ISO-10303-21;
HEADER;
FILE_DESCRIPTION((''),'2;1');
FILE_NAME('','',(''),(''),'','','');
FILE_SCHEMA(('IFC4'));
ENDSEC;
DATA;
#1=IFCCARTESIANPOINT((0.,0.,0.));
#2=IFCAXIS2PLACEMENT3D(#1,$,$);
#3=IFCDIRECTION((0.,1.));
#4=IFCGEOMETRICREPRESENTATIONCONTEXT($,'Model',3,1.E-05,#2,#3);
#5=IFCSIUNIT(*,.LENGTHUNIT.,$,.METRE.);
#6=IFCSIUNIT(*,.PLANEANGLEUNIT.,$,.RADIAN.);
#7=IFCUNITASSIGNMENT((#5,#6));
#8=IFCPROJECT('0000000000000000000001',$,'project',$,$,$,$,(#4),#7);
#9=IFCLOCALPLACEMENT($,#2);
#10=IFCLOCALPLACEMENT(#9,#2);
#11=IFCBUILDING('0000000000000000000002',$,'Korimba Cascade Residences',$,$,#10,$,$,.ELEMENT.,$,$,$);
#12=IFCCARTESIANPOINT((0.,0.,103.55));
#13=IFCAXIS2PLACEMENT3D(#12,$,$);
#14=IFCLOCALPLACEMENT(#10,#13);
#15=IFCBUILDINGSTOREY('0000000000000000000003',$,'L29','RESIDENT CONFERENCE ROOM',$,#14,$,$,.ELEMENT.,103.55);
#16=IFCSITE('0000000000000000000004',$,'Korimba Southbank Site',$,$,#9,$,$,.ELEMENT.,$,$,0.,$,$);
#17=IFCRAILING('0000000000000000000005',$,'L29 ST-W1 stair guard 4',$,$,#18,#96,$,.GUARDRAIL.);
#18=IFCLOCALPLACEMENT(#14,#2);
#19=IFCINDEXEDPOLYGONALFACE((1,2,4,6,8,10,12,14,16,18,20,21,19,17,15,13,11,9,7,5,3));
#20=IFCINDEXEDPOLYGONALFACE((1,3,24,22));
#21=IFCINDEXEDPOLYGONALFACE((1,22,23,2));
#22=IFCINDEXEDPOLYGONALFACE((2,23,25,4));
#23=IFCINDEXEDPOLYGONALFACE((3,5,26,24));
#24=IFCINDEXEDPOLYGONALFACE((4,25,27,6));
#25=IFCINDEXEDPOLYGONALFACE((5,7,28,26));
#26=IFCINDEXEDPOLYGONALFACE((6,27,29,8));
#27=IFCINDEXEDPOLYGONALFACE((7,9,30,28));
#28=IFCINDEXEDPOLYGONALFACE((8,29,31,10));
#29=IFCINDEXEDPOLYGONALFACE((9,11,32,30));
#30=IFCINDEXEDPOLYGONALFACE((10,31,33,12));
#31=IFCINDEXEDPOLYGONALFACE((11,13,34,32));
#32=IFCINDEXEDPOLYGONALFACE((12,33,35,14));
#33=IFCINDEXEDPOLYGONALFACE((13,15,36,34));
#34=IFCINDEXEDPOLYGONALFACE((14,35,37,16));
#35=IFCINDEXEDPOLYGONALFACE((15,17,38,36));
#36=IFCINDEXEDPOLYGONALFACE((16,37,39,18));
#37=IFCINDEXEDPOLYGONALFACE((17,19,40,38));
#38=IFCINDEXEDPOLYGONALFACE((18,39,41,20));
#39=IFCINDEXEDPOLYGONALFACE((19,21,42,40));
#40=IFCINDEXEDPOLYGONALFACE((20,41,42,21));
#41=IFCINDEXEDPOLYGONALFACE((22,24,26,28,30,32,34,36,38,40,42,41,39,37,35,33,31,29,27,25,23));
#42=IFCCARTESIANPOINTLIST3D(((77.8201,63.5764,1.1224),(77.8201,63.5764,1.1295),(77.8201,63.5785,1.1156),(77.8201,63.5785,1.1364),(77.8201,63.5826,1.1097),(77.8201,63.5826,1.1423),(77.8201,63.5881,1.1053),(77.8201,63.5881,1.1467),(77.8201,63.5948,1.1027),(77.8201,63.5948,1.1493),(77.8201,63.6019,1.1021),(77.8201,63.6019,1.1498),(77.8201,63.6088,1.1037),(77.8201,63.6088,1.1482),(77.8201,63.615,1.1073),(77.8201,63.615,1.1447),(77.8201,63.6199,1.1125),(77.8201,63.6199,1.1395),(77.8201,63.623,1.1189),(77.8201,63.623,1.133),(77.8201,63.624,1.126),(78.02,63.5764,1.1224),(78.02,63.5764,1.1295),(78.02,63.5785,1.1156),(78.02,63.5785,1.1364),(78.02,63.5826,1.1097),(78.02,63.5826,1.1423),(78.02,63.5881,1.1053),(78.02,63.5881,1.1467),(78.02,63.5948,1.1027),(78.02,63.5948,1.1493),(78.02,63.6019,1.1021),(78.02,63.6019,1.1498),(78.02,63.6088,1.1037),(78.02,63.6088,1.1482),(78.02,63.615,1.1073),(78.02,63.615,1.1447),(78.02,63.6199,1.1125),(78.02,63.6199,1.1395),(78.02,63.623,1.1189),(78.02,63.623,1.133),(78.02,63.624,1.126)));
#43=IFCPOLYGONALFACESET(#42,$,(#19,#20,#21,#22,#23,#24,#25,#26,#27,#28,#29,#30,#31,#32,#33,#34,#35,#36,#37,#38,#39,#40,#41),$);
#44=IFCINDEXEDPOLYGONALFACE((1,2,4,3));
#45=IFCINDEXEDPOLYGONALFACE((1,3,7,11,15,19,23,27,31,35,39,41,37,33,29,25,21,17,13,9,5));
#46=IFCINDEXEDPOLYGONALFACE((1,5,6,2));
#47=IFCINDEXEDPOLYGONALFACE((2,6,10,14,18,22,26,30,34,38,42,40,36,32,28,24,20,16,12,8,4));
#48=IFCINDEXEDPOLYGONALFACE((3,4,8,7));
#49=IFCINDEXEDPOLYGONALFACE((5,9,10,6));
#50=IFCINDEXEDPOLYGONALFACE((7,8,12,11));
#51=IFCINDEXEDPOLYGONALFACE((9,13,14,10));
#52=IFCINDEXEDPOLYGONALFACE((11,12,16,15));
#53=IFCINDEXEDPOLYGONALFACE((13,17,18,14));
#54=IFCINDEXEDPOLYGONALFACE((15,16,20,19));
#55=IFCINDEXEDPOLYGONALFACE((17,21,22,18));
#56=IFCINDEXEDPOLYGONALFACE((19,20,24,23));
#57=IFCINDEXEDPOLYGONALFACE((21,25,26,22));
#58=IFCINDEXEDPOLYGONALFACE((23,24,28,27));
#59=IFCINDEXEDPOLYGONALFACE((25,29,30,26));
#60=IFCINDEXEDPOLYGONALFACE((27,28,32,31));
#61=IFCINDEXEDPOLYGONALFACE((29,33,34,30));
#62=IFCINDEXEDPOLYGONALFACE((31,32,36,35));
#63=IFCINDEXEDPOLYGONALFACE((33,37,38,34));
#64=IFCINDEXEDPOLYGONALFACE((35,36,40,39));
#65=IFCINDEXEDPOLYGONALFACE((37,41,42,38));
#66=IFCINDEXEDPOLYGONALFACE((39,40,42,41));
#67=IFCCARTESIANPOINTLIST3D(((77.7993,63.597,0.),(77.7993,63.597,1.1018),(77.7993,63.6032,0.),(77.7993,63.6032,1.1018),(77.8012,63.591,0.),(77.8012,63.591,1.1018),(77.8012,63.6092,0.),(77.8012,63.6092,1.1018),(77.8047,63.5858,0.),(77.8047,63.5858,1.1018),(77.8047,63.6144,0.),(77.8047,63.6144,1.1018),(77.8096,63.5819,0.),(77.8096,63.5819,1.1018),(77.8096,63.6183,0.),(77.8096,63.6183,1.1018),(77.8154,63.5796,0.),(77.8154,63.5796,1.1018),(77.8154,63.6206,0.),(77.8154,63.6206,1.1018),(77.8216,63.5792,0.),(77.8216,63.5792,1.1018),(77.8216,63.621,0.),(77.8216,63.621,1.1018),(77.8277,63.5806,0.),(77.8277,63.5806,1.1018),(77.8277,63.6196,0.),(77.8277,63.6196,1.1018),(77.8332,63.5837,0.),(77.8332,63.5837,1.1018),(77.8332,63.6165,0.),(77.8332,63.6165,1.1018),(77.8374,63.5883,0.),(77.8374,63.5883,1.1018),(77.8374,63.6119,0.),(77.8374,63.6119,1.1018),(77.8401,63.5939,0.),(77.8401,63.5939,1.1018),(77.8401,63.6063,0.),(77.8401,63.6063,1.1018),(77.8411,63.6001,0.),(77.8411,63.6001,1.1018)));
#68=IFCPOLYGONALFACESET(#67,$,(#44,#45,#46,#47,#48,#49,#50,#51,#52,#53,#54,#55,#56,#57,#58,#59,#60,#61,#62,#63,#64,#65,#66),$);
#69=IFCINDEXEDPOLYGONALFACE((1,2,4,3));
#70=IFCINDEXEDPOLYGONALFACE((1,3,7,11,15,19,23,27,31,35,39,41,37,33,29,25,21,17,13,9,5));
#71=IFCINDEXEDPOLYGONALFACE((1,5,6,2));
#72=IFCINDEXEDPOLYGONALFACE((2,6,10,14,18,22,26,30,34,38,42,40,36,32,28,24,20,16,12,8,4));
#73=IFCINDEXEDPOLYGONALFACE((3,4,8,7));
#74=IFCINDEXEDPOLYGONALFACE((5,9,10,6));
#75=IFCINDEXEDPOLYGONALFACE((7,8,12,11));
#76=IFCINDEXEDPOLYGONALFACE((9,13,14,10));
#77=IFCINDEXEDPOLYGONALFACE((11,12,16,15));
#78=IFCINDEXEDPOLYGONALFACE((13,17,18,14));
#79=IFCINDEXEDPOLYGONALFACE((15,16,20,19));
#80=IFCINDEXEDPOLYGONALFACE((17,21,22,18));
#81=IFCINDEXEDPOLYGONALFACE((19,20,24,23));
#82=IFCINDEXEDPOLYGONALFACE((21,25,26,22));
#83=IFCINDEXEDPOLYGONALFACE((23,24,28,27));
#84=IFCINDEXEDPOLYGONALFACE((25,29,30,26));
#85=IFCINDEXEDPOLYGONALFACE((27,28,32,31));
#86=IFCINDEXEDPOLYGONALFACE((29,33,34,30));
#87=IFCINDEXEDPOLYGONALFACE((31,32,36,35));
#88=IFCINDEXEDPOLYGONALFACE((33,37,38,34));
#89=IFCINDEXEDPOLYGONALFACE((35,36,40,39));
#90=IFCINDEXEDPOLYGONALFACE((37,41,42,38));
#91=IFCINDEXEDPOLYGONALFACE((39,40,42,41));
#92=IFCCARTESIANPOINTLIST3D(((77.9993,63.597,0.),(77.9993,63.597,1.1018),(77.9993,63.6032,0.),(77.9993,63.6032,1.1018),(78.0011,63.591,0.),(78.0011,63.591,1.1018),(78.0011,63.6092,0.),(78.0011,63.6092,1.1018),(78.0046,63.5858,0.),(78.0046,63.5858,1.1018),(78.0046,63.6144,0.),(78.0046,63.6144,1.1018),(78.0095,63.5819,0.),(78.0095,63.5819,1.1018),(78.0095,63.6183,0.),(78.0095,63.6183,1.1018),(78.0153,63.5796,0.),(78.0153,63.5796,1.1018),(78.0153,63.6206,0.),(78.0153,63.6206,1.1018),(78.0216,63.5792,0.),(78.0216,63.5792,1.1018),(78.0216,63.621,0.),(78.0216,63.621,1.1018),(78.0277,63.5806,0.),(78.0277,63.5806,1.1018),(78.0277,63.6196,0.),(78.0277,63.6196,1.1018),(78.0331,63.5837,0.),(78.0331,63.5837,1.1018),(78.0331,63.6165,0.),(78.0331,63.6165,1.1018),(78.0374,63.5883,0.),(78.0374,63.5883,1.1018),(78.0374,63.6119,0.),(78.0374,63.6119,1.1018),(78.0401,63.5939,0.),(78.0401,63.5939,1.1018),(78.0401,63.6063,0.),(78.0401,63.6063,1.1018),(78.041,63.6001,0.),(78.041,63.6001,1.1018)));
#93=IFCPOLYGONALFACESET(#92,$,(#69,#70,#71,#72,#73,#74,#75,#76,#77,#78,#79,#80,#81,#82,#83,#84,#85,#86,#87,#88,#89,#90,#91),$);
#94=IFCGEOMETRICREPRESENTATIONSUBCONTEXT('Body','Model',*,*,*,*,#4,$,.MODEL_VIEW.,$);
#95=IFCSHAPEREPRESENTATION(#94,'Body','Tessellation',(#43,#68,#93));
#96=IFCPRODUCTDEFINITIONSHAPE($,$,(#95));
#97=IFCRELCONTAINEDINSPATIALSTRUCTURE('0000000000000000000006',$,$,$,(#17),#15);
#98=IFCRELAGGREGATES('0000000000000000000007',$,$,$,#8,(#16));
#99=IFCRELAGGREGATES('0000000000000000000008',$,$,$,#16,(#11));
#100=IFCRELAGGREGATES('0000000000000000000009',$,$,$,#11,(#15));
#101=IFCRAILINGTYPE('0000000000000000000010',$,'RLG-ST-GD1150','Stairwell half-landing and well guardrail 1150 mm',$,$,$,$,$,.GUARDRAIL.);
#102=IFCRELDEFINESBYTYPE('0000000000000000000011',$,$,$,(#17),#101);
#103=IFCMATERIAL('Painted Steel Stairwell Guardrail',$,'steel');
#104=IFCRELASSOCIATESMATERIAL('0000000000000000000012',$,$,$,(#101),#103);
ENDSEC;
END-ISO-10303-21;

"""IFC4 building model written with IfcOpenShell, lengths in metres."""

from ifc_helpers import new_model, si_unit, direction, frame, origin, origin_2d, place, context, subcontext, project, spatial, circle, extrude, material, type_object, element, save


model = new_model("IFC4")

# Units and contexts
model_context = context("Model", 3, precision=1e-05, world=origin(), true_north=direction((0.0, 1.0)))
body_context = subcontext(model_context, "Body", "Model", "MODEL_VIEW")
ifc_project = project(units=[si_unit("LENGTHUNIT", "METRE"), si_unit("PLANEANGLEUNIT", "RADIAN")], contexts=[model_context])

# Site, building, storey
site_placement = place(None, origin())
site = spatial("IfcSite", under=ifc_project, at=site_placement, Name="Korimba Southbank Site", CompositionType="ELEMENT", RefElevation=0.0)
building_placement = place(site_placement, origin())
building = spatial("IfcBuilding", under=site, at=building_placement, Name="Korimba Cascade Residences", CompositionType="ELEMENT")
storey_placement = place(building_placement, frame((0.0, 0.0, 103.55)))
storey = spatial("IfcBuildingStorey", under=building, at=storey_placement, Name="L29", Description="RESIDENT CONFERENCE ROOM", CompositionType="ELEMENT", Elevation=103.55)

# Railing
ifc_material_1 = material(Name="Painted Steel Stairwell Guardrail", Category="steel")
railing_type_1 = type_object("IfcRailingType", Name="RLG-ST-GD1150", Description="Stairwell half-landing and well guardrail 1150 mm", PredefinedType="GUARDRAIL", material=ifc_material_1)
railing_1_placement = place(storey_placement, frame((77.8201, 63.6001, 0.0)))
element("IfcRailing", 1, at=railing_1_placement, inside=storey, type_object=railing_type_1, Name="L29 ST-W1 stair guard 4", PredefinedType="GUARDRAIL", context=body_context, shape_type="SweptSolid", body=[
    extrude(circle(Radius=0.0239, at=origin_2d()), frame((0.0, 0.0, 1.126), z_axis=(1.0, 0.0, 0.0), x_axis=(0.0, 1.0, 0.0)), (0.0, 0.0, 1.0), 0.2),
    extrude(circle(Radius=0.021, at=origin_2d()), origin(), (0.0, 0.0, 1.0), 1.1018),
    extrude(circle(Radius=0.021, at=origin_2d()), frame((0.2, 0.0, 0.0)), (0.0, 0.0, 1.0), 1.1018),
])

save(model, "model.ifc")
